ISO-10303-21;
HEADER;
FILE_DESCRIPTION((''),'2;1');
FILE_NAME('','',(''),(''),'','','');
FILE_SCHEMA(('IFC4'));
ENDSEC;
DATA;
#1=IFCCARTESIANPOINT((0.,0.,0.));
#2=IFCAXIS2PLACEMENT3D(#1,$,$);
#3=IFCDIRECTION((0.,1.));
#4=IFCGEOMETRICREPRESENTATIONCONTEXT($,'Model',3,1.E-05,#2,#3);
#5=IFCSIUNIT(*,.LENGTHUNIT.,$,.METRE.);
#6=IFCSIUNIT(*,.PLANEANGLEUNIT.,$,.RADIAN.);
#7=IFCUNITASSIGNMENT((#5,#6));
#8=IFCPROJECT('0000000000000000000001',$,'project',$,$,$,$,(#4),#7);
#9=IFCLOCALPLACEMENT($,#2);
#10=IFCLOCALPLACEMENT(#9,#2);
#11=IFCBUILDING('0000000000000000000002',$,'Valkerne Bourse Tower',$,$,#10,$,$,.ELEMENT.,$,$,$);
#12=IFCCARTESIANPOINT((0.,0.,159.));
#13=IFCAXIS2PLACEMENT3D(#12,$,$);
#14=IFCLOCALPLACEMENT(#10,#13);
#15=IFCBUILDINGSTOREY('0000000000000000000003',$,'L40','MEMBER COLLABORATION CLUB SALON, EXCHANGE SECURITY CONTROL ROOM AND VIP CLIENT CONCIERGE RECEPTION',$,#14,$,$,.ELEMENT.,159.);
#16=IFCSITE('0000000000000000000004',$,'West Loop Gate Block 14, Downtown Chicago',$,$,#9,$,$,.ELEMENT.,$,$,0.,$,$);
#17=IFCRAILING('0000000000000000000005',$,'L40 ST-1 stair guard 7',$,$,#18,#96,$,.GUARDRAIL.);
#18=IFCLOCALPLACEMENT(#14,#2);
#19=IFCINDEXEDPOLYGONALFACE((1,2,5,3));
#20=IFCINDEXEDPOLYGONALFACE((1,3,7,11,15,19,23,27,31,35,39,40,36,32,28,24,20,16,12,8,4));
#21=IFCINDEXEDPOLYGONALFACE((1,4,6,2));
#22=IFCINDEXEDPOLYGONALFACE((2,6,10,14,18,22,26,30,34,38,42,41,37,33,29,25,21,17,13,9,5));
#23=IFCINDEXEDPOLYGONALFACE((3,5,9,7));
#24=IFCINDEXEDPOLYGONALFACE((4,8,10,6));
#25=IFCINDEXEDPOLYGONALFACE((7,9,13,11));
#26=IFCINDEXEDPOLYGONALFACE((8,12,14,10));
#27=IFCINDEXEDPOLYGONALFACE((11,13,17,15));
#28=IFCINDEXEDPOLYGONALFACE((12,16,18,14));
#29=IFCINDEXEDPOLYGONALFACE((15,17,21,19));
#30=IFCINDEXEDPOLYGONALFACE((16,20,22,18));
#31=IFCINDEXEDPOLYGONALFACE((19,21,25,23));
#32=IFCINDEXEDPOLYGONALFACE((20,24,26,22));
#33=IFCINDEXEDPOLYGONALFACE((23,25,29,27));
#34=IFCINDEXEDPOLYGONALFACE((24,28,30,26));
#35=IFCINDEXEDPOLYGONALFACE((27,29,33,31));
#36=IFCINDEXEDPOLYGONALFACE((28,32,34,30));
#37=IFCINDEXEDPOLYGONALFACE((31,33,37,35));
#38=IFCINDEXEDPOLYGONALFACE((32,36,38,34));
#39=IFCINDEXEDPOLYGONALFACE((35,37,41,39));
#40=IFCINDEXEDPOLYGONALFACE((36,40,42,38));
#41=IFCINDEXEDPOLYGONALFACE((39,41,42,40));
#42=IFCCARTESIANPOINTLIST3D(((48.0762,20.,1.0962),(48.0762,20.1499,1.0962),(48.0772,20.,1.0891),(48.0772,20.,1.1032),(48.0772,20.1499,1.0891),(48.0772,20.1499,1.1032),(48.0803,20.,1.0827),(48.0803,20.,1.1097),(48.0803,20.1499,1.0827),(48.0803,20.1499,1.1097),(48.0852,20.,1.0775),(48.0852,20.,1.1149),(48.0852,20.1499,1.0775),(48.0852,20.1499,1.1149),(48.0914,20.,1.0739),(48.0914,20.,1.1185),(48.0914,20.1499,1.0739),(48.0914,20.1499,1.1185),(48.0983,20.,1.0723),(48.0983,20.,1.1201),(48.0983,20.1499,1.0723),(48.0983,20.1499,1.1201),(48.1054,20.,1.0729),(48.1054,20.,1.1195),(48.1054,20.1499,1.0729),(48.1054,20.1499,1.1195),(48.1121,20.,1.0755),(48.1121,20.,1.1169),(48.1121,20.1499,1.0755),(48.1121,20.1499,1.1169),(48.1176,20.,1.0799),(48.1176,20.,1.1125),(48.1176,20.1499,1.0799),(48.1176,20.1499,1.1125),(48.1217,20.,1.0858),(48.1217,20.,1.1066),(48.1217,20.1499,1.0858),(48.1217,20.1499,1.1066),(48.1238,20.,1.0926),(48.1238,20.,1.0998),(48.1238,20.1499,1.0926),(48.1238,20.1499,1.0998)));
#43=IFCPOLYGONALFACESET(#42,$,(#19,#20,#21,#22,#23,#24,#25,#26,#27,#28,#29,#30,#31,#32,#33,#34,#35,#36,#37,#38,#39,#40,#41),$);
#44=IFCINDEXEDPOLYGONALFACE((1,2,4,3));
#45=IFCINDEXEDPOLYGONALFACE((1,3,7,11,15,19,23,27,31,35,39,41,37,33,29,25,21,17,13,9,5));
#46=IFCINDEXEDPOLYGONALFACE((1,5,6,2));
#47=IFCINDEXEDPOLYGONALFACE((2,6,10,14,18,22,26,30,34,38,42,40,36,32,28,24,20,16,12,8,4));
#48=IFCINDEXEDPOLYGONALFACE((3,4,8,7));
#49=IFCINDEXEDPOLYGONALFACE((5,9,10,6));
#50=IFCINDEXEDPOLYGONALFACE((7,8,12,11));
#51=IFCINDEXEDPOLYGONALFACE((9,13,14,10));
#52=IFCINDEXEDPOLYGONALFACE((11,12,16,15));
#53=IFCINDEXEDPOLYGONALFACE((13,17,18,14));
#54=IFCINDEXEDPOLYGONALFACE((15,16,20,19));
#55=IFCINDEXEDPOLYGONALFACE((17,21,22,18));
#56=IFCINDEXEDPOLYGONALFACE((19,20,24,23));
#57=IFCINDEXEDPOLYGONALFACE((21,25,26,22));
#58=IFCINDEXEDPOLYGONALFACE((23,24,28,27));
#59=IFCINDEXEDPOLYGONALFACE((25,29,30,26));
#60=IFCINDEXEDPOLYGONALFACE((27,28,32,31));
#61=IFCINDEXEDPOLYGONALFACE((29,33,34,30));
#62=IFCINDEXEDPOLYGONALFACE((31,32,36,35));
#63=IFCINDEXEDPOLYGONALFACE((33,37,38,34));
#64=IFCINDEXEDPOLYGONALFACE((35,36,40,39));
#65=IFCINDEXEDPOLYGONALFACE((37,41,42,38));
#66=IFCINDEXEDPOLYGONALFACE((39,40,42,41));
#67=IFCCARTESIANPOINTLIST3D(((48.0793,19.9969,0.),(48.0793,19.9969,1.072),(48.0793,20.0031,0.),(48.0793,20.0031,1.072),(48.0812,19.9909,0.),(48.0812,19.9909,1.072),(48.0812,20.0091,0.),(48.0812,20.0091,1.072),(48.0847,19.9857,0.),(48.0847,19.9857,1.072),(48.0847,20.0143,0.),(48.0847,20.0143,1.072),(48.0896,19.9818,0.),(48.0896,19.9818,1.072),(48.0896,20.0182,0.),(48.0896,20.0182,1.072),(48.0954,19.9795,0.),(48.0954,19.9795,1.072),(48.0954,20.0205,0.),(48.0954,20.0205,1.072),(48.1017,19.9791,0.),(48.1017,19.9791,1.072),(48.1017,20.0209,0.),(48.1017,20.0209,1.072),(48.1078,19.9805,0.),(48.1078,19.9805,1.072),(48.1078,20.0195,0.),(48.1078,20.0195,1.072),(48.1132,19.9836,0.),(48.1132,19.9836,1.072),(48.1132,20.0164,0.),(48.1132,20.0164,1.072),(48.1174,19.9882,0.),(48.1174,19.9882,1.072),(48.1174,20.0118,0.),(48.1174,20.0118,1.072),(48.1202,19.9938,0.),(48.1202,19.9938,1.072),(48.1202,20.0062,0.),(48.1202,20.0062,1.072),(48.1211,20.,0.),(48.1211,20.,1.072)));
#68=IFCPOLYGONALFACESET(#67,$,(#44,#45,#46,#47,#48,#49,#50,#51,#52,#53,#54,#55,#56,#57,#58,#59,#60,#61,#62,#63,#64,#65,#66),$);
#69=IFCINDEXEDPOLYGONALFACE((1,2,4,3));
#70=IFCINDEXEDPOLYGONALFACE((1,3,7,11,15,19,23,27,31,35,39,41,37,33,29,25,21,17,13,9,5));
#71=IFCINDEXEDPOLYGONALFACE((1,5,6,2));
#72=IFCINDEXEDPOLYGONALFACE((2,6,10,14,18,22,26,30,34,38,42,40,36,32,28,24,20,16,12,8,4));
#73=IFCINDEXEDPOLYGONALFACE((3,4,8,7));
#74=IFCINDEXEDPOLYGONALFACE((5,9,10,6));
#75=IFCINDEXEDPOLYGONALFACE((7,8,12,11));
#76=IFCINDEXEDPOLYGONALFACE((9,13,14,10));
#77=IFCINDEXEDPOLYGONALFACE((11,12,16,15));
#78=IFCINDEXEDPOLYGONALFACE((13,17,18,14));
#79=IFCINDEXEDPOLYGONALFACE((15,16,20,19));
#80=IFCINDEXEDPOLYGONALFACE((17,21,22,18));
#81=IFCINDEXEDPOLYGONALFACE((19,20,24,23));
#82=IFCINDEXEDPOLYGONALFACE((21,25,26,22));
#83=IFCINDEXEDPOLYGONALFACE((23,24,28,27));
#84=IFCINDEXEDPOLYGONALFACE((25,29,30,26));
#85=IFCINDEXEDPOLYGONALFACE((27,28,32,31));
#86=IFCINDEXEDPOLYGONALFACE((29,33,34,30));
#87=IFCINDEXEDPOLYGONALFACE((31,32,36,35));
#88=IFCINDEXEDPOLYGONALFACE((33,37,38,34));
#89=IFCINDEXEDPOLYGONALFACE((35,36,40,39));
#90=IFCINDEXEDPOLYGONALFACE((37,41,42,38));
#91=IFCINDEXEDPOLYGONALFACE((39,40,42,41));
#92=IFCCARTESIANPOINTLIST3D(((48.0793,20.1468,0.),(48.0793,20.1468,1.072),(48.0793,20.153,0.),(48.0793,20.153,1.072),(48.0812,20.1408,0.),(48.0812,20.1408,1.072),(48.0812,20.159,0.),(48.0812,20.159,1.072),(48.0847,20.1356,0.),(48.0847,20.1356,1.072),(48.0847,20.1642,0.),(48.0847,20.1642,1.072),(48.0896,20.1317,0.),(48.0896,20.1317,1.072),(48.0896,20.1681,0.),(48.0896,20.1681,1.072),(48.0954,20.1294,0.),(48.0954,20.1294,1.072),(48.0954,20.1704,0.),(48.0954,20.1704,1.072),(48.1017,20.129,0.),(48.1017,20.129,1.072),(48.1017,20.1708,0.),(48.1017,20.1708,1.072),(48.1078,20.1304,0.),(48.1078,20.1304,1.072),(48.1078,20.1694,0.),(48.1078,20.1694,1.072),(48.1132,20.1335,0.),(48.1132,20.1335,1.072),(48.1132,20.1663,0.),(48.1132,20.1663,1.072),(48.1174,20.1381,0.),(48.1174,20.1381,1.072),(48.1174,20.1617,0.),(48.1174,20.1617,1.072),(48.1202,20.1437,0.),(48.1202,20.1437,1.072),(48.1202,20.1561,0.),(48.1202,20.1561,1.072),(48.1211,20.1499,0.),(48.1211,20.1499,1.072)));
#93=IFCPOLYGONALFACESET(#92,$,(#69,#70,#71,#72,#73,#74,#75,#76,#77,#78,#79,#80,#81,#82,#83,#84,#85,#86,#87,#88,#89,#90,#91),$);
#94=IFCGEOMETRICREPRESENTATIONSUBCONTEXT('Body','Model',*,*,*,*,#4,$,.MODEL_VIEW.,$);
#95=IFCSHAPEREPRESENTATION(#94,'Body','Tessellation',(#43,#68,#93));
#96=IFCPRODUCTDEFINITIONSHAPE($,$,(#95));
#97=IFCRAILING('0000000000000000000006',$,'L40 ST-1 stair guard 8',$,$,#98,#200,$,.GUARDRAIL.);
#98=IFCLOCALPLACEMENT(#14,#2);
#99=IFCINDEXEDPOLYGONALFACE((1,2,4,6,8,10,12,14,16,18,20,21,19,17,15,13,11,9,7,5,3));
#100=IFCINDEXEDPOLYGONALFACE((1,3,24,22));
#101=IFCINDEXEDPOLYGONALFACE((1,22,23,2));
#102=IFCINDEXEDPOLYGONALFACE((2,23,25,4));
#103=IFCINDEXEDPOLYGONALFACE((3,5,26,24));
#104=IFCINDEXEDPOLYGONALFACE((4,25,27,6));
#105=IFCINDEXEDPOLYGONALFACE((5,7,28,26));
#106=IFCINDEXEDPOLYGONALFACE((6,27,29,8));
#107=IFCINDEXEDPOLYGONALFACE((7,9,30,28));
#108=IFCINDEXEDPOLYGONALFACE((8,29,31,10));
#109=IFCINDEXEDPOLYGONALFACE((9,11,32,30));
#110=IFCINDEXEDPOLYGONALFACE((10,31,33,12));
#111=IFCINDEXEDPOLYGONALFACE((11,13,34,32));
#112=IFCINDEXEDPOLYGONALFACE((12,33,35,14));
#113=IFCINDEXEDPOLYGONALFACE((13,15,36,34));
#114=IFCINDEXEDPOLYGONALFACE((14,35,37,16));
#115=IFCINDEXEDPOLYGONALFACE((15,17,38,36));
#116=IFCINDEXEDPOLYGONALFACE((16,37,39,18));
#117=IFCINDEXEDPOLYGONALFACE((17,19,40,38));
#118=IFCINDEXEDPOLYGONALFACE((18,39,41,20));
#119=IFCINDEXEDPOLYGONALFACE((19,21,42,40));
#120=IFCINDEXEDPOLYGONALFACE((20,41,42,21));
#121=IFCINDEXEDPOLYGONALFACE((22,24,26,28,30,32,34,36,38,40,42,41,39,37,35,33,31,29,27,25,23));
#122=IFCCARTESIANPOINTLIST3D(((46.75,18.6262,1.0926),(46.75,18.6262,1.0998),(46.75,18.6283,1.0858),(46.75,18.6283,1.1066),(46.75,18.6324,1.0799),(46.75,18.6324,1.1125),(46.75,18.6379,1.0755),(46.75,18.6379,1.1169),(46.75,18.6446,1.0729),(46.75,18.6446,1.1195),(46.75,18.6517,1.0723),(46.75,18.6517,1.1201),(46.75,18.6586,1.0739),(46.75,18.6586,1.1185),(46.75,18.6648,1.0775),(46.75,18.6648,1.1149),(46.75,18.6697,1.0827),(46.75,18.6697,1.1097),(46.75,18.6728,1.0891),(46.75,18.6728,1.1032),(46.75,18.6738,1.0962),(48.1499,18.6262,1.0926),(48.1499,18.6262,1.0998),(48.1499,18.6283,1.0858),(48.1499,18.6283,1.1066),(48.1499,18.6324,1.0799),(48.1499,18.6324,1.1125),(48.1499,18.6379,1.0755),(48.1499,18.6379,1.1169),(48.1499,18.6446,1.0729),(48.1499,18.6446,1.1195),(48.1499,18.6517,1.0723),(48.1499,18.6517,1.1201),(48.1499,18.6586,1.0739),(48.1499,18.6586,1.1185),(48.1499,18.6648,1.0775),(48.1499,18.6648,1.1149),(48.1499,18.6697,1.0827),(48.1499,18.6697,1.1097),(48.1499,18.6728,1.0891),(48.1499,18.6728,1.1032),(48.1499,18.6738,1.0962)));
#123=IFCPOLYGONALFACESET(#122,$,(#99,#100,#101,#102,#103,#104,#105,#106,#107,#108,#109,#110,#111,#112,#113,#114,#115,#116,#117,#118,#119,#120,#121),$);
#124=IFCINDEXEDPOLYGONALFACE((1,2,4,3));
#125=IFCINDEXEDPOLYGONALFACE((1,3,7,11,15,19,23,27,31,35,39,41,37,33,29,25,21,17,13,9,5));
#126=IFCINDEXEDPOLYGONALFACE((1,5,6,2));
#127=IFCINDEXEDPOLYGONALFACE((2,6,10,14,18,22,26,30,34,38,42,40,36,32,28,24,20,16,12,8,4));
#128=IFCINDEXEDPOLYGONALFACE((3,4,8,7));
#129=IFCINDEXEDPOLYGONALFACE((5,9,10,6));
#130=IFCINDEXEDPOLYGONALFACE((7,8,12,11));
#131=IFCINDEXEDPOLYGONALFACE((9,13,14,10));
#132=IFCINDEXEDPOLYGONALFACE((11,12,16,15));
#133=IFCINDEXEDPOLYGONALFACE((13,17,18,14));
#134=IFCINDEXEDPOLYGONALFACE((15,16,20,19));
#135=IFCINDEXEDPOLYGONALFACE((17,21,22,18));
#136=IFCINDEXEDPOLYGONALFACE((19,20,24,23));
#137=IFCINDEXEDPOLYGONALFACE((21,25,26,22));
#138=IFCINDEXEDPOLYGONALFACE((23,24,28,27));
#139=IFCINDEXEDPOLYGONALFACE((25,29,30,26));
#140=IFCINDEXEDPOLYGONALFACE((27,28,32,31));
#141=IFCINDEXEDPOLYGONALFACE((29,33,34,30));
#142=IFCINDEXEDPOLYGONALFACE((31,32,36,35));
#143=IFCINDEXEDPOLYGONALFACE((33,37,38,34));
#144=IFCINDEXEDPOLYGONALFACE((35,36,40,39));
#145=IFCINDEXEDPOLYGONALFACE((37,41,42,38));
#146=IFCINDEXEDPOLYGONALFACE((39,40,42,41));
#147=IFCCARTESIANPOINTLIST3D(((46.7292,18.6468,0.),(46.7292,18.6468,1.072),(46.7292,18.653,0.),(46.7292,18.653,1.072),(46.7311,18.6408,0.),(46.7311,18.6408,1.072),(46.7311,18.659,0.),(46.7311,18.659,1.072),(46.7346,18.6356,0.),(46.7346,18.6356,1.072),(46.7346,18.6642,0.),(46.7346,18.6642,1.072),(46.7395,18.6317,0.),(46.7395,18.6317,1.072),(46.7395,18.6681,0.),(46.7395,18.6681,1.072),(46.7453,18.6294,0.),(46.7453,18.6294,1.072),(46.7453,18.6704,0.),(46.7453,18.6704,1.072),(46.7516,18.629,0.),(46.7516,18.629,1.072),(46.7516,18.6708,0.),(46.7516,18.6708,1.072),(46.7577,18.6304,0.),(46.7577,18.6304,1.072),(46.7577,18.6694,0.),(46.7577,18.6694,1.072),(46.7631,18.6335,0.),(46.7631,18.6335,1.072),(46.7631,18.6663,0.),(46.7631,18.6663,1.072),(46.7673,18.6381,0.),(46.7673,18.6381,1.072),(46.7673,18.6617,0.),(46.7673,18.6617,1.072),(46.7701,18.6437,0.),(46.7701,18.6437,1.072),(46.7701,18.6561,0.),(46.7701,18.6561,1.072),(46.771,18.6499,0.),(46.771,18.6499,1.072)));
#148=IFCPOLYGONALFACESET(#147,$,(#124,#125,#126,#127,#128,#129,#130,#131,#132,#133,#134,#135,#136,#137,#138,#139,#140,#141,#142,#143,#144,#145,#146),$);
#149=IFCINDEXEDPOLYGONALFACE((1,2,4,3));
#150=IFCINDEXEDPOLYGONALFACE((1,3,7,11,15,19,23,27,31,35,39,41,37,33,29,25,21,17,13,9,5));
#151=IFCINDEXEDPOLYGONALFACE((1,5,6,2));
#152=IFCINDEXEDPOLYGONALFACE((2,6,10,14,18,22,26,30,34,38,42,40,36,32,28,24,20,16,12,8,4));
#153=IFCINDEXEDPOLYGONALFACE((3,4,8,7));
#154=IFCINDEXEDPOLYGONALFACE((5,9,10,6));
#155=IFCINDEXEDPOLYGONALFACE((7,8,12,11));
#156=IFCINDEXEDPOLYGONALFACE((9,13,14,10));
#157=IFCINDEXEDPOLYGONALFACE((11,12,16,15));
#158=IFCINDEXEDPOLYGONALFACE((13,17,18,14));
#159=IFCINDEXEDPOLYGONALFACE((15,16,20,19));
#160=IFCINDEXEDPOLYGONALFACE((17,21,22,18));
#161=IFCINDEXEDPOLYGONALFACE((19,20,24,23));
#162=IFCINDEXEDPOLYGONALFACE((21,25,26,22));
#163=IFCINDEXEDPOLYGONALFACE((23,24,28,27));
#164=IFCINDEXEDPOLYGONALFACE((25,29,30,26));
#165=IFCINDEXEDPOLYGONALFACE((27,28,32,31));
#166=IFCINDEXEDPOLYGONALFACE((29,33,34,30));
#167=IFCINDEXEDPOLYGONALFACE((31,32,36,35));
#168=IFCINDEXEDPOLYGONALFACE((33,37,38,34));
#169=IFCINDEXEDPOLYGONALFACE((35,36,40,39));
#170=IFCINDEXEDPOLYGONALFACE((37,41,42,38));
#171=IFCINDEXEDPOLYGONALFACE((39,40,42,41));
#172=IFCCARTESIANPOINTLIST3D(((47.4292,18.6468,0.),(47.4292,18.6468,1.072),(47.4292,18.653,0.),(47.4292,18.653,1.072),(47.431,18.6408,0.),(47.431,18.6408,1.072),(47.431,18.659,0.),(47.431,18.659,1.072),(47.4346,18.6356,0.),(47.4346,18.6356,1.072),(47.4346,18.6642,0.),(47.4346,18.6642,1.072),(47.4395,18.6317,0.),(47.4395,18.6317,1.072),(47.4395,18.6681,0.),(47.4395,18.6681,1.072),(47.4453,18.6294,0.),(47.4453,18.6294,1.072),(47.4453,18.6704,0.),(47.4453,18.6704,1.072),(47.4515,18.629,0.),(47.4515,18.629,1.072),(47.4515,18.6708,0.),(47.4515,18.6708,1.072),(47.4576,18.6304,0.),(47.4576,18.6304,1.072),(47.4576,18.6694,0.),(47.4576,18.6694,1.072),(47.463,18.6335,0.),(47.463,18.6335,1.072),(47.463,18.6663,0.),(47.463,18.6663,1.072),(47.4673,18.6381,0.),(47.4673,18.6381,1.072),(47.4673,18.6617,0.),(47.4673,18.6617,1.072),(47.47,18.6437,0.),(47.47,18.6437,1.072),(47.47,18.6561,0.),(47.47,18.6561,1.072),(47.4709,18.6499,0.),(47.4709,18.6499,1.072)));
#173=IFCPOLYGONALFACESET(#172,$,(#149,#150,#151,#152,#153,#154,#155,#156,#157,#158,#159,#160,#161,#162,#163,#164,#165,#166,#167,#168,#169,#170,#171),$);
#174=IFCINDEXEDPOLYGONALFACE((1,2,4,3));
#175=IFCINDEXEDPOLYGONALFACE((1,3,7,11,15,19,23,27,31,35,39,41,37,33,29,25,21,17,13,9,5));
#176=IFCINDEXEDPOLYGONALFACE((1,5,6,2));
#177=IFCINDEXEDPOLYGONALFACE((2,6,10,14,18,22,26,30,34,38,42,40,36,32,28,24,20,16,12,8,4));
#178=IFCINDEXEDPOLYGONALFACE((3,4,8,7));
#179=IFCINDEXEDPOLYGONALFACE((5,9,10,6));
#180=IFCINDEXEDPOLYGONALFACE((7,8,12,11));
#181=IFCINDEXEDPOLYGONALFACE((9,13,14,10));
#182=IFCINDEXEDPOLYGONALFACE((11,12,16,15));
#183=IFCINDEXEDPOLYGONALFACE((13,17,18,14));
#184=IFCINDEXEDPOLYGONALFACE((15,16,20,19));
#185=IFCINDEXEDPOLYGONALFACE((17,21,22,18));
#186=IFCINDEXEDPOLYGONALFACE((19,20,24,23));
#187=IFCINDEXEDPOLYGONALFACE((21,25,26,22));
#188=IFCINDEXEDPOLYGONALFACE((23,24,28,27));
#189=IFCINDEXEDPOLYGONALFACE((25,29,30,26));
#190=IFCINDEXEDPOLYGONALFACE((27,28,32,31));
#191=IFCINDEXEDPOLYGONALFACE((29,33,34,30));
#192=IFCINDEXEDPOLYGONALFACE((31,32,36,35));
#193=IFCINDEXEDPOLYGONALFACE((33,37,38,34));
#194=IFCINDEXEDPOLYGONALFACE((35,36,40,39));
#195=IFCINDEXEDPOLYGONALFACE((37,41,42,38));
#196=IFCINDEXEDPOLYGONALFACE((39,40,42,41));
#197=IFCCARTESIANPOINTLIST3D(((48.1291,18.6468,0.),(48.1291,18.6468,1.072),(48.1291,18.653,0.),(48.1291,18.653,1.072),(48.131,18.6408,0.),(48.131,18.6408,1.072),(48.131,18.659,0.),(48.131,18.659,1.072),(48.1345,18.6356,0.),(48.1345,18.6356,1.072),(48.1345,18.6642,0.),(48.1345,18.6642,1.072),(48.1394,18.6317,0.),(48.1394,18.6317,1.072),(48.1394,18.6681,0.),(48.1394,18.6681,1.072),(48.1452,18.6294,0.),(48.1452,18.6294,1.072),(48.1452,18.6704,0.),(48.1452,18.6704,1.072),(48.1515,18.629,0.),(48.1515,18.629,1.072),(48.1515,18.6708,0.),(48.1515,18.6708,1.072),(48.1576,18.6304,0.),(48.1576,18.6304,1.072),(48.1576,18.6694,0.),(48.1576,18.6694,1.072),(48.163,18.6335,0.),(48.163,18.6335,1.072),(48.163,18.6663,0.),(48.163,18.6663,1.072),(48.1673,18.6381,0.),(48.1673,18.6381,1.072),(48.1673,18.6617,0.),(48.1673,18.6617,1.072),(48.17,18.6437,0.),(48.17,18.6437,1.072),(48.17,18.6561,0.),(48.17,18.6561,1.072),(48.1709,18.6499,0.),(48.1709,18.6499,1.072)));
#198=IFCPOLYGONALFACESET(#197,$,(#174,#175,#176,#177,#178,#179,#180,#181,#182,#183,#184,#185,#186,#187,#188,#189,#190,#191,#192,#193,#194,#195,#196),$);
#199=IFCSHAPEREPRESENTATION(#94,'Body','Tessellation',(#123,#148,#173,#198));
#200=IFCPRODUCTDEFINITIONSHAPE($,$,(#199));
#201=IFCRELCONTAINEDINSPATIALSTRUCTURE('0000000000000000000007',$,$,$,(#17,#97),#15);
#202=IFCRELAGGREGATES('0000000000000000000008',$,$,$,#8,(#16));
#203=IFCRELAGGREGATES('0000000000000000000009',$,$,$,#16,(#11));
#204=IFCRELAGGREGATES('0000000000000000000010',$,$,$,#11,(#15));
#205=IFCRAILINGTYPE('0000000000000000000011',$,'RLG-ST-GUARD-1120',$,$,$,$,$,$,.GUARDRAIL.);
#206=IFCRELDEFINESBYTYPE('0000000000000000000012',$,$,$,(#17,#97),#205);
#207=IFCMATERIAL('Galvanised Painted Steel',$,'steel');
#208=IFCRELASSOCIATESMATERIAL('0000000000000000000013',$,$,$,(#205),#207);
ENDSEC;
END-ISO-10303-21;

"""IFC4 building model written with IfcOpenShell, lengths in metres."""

from ifc_helpers import new_model, si_unit, direction, frame, origin, origin_2d, place, context, subcontext, project, spatial, circle, extrude, material, type_object, element, save


model = new_model("IFC4")

# Units and contexts
model_context = context("Model", 3, precision=1e-05, world=origin(), true_north=direction((0.0, 1.0)))
body_context = subcontext(model_context, "Body", "Model", "MODEL_VIEW")
ifc_project = project(units=[si_unit("LENGTHUNIT", "METRE"), si_unit("PLANEANGLEUNIT", "RADIAN")], contexts=[model_context])

# Site, building, storey
site_placement = place(None, origin())
site = spatial("IfcSite", under=ifc_project, at=site_placement, Name="West Loop Gate Block 14, Downtown Chicago", CompositionType="ELEMENT", RefElevation=0.0)
building_placement = place(site_placement, origin())
building = spatial("IfcBuilding", under=site, at=building_placement, Name="Valkerne Bourse Tower", CompositionType="ELEMENT")
storey_placement = place(building_placement, frame((0.0, 0.0, 159.0)))
storey = spatial("IfcBuildingStorey", under=building, at=storey_placement, Name="L40", Description="MEMBER COLLABORATION CLUB SALON, EXCHANGE SECURITY CONTROL ROOM AND VIP CLIENT CONCIERGE RECEPTION", CompositionType="ELEMENT", Elevation=159.0)

# Shared definitions
ifc_material_1 = material(Name="Galvanised Painted Steel", Category="steel")

# Railings
railing_type_1 = type_object("IfcRailingType", Name="RLG-ST-GUARD-1120", PredefinedType="GUARDRAIL", material=ifc_material_1)
railing_1_placement = place(storey_placement, frame((48.1001, 20.0, 0.0)))
element("IfcRailing", 1, at=railing_1_placement, inside=storey, type_object=railing_type_1, Name="L40 ST-1 stair guard 7", PredefinedType="GUARDRAIL", context=body_context, shape_type="SweptSolid", body=[
    extrude(circle(Radius=0.0239, at=origin_2d()), frame((0.0, 0.0, 1.0962), z_axis=(0.0, 1.0, 0.0), x_axis=(-1.0, 0.0, 0.0)), (0.0, 0.0, 1.0), 0.1499),
    extrude(circle(Radius=0.021, at=origin_2d()), origin(), (0.0, 0.0, 1.0), 1.072),
    extrude(circle(Radius=0.021, at=origin_2d()), frame((0.0, 0.1499, 0.0)), (0.0, 0.0, 1.0), 1.072),
])
for number, where, name in (
    (2, (46.75, 18.6499, 0.0), "L40 ST-1 stair guard 8"),
):
    element("IfcRailing", number, at=place(storey_placement, frame(where)), inside=storey, type_object=railing_type_1, Name=name, PredefinedType="GUARDRAIL", context=body_context, shape_type="SweptSolid", body=[
        extrude(circle(Radius=0.0239, at=origin_2d()), frame((0.0, 0.0, 1.0962), z_axis=(1.0, 0.0, 0.0), x_axis=(0.0, 1.0, 0.0)), (0.0, 0.0, 1.0), 1.3999),
        extrude(circle(Radius=0.021, at=origin_2d()), origin(), (0.0, 0.0, 1.0), 1.072),
        extrude(circle(Radius=0.021, at=origin_2d()), frame((0.7, 0.0, 0.0)), (0.0, 0.0, 1.0), 1.072),
        extrude(circle(Radius=0.021, at=origin_2d()), frame((1.3999, 0.0, 0.0)), (0.0, 0.0, 1.0), 1.072),
    ])

save(model, "model.ifc")
